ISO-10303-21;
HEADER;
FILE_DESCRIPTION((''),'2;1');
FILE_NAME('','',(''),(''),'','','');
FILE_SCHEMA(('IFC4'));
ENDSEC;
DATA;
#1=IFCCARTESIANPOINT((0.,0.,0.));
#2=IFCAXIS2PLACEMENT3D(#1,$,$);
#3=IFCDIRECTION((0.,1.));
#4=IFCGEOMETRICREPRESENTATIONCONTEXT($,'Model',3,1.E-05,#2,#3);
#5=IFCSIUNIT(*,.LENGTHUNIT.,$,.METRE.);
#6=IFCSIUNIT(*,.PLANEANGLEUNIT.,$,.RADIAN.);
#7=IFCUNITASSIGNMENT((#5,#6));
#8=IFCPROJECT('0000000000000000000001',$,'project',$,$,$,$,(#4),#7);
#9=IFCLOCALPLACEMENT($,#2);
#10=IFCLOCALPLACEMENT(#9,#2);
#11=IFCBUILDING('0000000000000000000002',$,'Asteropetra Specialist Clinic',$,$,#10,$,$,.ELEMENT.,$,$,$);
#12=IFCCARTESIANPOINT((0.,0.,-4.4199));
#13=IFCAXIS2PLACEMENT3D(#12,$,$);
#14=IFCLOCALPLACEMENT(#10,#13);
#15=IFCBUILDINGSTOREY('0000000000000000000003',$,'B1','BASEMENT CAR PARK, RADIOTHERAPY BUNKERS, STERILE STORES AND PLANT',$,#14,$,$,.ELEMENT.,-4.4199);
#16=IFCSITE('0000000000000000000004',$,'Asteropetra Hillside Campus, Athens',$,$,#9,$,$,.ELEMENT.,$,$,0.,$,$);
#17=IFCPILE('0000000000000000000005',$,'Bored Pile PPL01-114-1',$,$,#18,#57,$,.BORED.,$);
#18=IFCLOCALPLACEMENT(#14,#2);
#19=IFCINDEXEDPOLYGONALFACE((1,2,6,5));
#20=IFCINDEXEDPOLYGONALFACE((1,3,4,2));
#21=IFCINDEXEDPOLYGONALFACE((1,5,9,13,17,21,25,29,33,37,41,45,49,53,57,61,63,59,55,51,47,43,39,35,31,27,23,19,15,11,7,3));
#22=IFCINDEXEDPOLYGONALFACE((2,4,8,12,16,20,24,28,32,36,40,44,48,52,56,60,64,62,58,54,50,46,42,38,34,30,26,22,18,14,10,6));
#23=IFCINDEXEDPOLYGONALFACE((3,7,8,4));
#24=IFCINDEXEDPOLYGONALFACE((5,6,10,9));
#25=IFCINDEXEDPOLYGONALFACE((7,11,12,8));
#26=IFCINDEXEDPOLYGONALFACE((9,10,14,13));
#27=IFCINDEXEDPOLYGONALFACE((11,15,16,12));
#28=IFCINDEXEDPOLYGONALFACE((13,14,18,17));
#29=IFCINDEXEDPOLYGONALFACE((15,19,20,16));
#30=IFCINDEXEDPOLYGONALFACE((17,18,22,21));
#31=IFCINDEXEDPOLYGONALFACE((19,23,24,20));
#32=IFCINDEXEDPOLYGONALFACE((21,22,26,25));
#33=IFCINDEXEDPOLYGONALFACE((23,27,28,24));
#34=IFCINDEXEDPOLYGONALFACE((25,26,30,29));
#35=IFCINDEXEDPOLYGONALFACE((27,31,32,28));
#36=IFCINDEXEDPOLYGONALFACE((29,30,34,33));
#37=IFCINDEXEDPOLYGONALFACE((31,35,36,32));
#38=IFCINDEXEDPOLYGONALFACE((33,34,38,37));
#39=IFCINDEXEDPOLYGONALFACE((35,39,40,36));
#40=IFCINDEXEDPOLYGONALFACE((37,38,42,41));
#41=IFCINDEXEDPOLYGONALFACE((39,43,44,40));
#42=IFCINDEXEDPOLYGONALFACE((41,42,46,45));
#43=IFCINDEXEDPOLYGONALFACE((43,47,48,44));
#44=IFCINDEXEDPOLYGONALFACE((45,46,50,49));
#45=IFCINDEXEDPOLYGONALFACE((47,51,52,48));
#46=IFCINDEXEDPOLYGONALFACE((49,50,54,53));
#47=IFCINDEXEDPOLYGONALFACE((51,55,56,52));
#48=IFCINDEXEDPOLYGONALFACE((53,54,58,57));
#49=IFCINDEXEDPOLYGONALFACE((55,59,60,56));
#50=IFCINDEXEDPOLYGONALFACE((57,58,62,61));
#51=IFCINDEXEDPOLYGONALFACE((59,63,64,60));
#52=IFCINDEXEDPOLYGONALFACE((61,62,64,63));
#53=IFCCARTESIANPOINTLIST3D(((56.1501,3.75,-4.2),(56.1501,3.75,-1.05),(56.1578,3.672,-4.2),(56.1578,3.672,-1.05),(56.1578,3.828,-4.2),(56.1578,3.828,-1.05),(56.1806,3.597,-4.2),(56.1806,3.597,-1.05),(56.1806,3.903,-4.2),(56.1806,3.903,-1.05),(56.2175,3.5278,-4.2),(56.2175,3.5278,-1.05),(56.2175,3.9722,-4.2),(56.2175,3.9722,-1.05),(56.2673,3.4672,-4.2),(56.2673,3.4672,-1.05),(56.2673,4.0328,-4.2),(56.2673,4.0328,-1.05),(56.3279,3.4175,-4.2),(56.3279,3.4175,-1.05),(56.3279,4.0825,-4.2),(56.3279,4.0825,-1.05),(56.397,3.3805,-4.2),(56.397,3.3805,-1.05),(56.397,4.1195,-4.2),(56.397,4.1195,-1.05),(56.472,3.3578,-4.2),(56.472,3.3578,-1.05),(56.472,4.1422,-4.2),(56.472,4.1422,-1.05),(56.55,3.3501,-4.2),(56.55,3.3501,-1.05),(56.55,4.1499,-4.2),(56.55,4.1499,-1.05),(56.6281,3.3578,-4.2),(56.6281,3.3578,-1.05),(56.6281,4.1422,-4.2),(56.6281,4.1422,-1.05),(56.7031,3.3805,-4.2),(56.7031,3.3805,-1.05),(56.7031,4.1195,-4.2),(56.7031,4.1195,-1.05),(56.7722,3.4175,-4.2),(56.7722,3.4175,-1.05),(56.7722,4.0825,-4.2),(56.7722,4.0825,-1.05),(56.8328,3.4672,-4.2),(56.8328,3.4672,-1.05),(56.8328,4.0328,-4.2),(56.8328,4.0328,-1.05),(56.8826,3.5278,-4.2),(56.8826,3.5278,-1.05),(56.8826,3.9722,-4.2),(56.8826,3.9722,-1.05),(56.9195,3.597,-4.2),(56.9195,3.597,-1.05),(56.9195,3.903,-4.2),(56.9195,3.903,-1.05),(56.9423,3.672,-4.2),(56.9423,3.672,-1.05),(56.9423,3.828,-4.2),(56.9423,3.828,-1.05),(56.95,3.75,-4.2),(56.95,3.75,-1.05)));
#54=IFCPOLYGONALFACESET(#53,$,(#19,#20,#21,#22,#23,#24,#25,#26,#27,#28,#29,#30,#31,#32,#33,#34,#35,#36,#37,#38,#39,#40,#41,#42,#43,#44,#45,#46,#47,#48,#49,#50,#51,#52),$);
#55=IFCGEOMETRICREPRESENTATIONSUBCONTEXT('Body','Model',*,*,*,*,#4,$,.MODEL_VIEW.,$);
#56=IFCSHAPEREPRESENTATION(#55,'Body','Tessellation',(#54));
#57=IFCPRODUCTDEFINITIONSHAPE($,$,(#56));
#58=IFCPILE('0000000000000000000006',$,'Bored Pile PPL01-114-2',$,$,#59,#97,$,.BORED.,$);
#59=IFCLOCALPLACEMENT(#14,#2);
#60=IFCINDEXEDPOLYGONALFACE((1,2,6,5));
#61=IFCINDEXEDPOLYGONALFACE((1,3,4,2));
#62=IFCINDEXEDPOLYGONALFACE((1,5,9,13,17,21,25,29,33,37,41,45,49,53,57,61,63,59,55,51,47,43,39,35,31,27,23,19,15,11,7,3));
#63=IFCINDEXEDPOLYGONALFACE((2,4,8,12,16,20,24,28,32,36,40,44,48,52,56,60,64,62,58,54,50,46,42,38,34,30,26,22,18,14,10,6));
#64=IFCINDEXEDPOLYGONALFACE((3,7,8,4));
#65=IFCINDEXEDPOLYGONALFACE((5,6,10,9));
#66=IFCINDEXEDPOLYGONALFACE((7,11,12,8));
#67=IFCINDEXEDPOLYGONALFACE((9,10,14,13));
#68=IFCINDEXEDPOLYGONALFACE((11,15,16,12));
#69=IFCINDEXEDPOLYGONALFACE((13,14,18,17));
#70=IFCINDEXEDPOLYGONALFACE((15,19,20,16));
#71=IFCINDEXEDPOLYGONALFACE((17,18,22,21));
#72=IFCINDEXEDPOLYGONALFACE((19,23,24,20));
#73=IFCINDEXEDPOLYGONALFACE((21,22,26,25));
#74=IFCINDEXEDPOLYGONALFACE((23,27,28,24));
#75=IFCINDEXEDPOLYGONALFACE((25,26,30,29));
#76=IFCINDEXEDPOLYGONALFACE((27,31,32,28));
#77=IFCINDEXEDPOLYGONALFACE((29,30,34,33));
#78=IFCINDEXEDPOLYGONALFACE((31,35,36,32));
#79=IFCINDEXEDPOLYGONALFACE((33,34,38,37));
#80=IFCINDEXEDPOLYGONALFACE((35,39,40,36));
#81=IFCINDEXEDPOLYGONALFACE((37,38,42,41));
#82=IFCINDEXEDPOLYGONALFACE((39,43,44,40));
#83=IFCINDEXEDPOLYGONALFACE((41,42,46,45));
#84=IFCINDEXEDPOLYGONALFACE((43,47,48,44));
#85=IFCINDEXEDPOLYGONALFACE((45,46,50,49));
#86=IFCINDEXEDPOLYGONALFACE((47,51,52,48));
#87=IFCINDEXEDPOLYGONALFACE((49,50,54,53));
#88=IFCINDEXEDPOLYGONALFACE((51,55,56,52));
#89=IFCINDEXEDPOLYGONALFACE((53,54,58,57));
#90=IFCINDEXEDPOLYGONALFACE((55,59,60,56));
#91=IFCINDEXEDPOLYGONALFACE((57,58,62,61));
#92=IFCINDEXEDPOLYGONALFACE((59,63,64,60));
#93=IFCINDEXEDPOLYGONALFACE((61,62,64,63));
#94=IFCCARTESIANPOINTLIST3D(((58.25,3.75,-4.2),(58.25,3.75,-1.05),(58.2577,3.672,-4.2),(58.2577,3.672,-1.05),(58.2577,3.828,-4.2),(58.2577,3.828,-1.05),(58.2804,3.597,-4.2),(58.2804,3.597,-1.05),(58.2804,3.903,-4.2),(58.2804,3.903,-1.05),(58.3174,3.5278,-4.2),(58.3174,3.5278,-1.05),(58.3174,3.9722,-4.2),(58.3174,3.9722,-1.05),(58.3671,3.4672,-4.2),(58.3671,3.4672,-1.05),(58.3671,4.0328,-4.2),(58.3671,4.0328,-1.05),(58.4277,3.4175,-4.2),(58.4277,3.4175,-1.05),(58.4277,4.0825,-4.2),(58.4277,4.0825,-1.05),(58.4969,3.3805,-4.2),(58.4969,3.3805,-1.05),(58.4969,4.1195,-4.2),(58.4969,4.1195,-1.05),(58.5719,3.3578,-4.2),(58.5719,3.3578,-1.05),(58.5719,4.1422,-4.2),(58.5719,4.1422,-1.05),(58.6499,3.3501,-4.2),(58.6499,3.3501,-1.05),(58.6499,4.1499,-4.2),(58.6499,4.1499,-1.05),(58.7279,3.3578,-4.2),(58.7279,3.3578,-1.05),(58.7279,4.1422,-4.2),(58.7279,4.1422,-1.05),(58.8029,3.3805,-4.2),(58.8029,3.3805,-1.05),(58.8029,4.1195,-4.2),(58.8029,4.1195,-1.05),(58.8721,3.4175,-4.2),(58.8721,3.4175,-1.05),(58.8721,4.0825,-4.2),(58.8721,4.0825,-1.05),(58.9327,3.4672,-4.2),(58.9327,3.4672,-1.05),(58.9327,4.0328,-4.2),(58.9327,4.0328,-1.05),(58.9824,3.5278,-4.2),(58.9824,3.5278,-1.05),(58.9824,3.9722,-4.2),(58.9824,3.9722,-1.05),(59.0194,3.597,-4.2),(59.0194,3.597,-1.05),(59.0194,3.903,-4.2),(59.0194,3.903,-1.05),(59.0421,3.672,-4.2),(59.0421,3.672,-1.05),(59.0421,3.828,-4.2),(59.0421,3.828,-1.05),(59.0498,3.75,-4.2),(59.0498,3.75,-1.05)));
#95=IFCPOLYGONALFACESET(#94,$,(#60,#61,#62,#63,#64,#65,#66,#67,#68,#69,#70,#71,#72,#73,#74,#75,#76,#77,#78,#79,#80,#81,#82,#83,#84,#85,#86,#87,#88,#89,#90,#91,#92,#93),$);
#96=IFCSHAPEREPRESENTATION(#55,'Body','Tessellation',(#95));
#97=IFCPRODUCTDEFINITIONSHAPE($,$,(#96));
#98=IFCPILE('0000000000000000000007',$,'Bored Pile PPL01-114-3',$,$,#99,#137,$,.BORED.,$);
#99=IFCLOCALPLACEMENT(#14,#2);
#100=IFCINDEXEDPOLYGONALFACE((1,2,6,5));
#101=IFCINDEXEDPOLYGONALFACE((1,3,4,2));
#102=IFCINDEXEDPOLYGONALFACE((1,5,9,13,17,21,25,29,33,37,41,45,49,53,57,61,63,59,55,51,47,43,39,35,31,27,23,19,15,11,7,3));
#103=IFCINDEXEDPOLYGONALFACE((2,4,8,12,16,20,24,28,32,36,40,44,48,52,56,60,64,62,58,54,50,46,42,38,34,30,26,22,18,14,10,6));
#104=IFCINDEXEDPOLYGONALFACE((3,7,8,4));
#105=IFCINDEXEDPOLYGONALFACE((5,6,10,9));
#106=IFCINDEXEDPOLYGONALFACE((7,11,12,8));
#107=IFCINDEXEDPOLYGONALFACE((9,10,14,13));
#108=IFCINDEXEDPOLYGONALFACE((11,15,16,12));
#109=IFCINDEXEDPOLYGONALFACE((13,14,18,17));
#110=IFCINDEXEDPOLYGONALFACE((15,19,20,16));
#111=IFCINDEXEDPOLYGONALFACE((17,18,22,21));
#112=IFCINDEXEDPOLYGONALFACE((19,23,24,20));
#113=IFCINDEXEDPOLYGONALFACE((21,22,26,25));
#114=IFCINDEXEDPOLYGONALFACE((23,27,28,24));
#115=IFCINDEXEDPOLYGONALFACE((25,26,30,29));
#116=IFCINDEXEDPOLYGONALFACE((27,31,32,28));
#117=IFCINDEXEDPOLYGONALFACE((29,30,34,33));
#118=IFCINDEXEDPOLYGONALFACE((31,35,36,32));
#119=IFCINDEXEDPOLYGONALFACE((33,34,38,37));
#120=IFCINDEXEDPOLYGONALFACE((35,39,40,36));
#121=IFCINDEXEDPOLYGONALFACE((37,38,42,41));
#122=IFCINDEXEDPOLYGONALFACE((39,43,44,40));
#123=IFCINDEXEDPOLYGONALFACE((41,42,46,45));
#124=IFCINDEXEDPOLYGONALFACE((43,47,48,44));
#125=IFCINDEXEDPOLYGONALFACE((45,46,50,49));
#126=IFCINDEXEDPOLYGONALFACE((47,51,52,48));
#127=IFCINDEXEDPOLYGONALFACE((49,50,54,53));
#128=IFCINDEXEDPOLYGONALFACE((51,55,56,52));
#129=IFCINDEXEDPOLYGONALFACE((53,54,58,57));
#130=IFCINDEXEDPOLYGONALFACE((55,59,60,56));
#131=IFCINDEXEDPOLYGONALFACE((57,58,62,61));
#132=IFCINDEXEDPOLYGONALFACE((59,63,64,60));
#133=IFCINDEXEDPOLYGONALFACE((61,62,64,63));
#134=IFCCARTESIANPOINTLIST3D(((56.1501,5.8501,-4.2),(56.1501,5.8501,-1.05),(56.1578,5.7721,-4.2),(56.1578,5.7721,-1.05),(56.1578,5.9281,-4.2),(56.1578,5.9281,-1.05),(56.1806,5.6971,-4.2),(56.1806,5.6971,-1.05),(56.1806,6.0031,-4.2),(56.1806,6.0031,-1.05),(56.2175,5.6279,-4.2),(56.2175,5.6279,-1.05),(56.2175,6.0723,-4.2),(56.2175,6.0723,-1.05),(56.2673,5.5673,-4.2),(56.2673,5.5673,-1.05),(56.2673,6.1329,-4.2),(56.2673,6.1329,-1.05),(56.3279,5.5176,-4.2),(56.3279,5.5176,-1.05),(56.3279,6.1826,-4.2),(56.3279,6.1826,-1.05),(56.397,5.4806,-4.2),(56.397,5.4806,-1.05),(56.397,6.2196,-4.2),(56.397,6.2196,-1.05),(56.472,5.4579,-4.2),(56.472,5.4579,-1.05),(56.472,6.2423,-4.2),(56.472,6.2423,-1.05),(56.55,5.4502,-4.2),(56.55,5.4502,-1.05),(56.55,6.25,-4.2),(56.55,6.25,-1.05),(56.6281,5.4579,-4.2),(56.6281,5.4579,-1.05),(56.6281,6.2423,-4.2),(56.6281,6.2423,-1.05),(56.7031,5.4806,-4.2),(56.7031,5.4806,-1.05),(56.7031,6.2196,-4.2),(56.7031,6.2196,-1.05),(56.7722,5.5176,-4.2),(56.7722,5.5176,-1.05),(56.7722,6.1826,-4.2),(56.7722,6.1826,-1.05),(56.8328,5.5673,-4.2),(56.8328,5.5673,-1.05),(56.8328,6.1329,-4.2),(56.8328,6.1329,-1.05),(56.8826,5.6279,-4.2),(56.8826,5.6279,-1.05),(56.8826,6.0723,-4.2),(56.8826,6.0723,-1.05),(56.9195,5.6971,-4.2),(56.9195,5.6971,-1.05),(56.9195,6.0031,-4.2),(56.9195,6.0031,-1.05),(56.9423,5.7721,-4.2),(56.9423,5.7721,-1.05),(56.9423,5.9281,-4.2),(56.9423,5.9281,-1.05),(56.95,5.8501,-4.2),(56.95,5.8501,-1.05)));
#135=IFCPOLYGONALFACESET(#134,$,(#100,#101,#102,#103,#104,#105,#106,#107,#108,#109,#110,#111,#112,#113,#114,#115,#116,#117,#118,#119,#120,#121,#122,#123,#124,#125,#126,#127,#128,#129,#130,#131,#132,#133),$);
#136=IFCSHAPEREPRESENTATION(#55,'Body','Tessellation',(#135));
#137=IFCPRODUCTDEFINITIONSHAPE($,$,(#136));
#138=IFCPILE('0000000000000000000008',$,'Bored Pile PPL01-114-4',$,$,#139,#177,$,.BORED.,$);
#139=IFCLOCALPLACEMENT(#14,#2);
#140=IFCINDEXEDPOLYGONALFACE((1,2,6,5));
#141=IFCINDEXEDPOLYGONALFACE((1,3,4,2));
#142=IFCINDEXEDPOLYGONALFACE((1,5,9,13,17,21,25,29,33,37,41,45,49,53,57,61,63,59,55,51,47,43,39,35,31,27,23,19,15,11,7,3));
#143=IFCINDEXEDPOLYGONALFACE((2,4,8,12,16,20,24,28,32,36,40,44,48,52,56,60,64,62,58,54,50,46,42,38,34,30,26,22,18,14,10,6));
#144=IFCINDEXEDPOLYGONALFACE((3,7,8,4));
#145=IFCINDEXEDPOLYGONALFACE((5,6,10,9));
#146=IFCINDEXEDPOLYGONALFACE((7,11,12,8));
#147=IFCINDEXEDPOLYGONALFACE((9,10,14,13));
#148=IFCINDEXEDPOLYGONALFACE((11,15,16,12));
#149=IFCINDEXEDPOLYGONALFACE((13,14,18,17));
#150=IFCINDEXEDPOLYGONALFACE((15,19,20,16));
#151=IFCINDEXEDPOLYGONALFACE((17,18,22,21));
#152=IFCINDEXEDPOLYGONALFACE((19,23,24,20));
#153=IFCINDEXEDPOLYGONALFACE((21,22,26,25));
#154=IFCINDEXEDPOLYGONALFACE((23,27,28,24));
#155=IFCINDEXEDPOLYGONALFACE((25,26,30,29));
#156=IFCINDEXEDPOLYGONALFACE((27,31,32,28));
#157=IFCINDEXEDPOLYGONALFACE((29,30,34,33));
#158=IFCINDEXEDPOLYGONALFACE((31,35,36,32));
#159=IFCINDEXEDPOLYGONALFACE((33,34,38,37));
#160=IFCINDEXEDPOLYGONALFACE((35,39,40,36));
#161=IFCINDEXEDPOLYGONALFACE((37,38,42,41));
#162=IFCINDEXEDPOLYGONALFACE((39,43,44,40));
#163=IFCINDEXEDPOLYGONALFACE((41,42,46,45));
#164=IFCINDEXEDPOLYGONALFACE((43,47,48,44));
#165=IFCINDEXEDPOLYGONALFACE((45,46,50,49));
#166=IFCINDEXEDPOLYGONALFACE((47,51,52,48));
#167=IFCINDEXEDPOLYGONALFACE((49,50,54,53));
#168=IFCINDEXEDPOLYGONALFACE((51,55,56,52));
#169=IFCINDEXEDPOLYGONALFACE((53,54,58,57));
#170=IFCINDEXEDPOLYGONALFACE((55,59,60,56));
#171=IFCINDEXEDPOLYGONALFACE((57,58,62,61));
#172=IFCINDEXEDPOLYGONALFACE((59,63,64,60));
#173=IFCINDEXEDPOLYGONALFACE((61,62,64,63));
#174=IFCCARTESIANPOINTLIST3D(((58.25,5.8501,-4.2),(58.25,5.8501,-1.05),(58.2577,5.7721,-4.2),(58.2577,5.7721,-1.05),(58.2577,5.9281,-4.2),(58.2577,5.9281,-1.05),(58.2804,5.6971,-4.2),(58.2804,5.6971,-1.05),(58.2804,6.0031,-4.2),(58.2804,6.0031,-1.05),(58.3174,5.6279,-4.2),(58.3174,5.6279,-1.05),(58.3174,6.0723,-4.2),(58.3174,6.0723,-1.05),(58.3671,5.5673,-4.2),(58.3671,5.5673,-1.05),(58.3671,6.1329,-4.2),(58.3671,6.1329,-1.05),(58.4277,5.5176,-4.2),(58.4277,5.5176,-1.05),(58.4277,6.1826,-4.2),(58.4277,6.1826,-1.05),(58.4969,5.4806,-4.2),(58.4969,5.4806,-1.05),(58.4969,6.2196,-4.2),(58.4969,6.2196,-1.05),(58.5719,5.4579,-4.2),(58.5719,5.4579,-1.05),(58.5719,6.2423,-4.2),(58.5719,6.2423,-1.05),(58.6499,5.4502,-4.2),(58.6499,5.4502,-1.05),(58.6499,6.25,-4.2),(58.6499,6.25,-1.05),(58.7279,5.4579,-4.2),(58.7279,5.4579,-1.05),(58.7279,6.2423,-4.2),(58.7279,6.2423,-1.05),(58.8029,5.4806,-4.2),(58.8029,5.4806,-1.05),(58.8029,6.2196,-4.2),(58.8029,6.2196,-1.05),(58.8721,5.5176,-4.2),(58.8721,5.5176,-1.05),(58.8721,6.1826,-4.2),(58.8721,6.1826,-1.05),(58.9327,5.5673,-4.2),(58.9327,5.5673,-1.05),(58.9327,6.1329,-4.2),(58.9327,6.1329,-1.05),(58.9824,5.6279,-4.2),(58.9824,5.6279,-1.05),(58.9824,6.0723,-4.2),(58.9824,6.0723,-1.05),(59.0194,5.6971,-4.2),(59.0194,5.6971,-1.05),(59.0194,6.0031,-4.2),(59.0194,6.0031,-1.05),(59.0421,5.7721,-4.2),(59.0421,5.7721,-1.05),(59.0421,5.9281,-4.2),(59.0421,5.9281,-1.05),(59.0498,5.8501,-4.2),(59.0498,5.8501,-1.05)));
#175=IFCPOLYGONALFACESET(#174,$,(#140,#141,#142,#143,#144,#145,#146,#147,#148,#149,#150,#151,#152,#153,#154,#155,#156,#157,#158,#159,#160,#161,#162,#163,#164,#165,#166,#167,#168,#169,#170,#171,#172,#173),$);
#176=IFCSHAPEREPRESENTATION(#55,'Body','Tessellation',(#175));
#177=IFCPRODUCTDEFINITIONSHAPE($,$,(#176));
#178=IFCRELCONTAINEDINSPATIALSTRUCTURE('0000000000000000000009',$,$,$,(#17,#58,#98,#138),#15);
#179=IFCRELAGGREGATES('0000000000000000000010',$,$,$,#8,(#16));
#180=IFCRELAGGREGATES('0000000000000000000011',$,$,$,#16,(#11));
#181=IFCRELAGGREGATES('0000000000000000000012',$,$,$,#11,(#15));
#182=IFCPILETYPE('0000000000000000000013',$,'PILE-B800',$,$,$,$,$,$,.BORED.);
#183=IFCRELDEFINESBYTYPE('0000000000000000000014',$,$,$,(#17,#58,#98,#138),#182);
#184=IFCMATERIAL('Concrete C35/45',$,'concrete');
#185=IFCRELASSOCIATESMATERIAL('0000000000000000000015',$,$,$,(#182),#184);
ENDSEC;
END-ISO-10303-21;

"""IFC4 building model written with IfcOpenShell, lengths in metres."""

from ifc_helpers import new_model, si_unit, direction, frame, origin, origin_2d, place, context, subcontext, project, spatial, circle, extrude, material, material_profile, profile_set, type_object, element, save


model = new_model("IFC4")

# Units and contexts
model_context = context("Model", 3, precision=1e-05, world=origin(), true_north=direction((0.0, 1.0)))
body_context = subcontext(model_context, "Body", "Model", "MODEL_VIEW")
ifc_project = project(units=[si_unit("LENGTHUNIT", "METRE"), si_unit("PLANEANGLEUNIT", "RADIAN")], contexts=[model_context])

# Site, building, storey
site_placement = place(None, origin())
site = spatial("IfcSite", under=ifc_project, at=site_placement, Name="Asteropetra Hillside Campus, Athens", CompositionType="ELEMENT", RefElevation=0.0)
building_placement = place(site_placement, origin())
building = spatial("IfcBuilding", under=site, at=building_placement, Name="Asteropetra Specialist Clinic", CompositionType="ELEMENT")
storey_placement = place(building_placement, frame((0.0, 0.0, -4.4199)))
storey = spatial("IfcBuildingStorey", under=building, at=storey_placement, Name="B1", Description="BASEMENT CAR PARK, RADIOTHERAPY BUNKERS, STERILE STORES AND PLANT", CompositionType="ELEMENT", Elevation=-4.4199)

# Piles
ifc_material_1 = material(Name="Concrete C35/45", Category="concrete")
ifc_material_profile_1 = material_profile(ifc_material_1, circle(Radius=0.3999, at=origin_2d()), Name="PILE D800")
ifc_profile_set_1 = profile_set([ifc_material_profile_1], Name="Concrete C35/45")
pile_type_1 = type_object("IfcPileType", Name="PILE-B800", PredefinedType="BORED", material=ifc_profile_set_1)
for number, where, z_axis, x_axis, name in (
    (1, (56.55, 3.75, -1.05), (0.0, 0.0, -1.0), (1.0, 0.0, 0.0), "Bored Pile PPL01-114-1"),
    (2, (58.6499, 3.75, -1.05), (0.0, 0.0, -1.0), (1.0, 0.0, 0.0), "Bored Pile PPL01-114-2"),
    (3, (56.55, 5.8501, -1.05), (0.0, 0.0, -1.0), (1.0, 0.0, 0.0), "Bored Pile PPL01-114-3"),
    (4, (58.6499, 5.8501, -1.05), (0.0, 0.0, -1.0), (1.0, 0.0, 0.0), "Bored Pile PPL01-114-4"),
):
    element("IfcPile", number, at=place(storey_placement, frame(where, z_axis=z_axis, x_axis=x_axis)), inside=storey, type_object=pile_type_1, Name=name, PredefinedType="BORED", context=body_context, shape_type="SweptSolid", body=[
        extrude(circle(Radius=0.3999, at=origin_2d()), origin(), (0.0, 0.0, 1.0), 3.1499),
    ])

save(model, "model.ifc")
